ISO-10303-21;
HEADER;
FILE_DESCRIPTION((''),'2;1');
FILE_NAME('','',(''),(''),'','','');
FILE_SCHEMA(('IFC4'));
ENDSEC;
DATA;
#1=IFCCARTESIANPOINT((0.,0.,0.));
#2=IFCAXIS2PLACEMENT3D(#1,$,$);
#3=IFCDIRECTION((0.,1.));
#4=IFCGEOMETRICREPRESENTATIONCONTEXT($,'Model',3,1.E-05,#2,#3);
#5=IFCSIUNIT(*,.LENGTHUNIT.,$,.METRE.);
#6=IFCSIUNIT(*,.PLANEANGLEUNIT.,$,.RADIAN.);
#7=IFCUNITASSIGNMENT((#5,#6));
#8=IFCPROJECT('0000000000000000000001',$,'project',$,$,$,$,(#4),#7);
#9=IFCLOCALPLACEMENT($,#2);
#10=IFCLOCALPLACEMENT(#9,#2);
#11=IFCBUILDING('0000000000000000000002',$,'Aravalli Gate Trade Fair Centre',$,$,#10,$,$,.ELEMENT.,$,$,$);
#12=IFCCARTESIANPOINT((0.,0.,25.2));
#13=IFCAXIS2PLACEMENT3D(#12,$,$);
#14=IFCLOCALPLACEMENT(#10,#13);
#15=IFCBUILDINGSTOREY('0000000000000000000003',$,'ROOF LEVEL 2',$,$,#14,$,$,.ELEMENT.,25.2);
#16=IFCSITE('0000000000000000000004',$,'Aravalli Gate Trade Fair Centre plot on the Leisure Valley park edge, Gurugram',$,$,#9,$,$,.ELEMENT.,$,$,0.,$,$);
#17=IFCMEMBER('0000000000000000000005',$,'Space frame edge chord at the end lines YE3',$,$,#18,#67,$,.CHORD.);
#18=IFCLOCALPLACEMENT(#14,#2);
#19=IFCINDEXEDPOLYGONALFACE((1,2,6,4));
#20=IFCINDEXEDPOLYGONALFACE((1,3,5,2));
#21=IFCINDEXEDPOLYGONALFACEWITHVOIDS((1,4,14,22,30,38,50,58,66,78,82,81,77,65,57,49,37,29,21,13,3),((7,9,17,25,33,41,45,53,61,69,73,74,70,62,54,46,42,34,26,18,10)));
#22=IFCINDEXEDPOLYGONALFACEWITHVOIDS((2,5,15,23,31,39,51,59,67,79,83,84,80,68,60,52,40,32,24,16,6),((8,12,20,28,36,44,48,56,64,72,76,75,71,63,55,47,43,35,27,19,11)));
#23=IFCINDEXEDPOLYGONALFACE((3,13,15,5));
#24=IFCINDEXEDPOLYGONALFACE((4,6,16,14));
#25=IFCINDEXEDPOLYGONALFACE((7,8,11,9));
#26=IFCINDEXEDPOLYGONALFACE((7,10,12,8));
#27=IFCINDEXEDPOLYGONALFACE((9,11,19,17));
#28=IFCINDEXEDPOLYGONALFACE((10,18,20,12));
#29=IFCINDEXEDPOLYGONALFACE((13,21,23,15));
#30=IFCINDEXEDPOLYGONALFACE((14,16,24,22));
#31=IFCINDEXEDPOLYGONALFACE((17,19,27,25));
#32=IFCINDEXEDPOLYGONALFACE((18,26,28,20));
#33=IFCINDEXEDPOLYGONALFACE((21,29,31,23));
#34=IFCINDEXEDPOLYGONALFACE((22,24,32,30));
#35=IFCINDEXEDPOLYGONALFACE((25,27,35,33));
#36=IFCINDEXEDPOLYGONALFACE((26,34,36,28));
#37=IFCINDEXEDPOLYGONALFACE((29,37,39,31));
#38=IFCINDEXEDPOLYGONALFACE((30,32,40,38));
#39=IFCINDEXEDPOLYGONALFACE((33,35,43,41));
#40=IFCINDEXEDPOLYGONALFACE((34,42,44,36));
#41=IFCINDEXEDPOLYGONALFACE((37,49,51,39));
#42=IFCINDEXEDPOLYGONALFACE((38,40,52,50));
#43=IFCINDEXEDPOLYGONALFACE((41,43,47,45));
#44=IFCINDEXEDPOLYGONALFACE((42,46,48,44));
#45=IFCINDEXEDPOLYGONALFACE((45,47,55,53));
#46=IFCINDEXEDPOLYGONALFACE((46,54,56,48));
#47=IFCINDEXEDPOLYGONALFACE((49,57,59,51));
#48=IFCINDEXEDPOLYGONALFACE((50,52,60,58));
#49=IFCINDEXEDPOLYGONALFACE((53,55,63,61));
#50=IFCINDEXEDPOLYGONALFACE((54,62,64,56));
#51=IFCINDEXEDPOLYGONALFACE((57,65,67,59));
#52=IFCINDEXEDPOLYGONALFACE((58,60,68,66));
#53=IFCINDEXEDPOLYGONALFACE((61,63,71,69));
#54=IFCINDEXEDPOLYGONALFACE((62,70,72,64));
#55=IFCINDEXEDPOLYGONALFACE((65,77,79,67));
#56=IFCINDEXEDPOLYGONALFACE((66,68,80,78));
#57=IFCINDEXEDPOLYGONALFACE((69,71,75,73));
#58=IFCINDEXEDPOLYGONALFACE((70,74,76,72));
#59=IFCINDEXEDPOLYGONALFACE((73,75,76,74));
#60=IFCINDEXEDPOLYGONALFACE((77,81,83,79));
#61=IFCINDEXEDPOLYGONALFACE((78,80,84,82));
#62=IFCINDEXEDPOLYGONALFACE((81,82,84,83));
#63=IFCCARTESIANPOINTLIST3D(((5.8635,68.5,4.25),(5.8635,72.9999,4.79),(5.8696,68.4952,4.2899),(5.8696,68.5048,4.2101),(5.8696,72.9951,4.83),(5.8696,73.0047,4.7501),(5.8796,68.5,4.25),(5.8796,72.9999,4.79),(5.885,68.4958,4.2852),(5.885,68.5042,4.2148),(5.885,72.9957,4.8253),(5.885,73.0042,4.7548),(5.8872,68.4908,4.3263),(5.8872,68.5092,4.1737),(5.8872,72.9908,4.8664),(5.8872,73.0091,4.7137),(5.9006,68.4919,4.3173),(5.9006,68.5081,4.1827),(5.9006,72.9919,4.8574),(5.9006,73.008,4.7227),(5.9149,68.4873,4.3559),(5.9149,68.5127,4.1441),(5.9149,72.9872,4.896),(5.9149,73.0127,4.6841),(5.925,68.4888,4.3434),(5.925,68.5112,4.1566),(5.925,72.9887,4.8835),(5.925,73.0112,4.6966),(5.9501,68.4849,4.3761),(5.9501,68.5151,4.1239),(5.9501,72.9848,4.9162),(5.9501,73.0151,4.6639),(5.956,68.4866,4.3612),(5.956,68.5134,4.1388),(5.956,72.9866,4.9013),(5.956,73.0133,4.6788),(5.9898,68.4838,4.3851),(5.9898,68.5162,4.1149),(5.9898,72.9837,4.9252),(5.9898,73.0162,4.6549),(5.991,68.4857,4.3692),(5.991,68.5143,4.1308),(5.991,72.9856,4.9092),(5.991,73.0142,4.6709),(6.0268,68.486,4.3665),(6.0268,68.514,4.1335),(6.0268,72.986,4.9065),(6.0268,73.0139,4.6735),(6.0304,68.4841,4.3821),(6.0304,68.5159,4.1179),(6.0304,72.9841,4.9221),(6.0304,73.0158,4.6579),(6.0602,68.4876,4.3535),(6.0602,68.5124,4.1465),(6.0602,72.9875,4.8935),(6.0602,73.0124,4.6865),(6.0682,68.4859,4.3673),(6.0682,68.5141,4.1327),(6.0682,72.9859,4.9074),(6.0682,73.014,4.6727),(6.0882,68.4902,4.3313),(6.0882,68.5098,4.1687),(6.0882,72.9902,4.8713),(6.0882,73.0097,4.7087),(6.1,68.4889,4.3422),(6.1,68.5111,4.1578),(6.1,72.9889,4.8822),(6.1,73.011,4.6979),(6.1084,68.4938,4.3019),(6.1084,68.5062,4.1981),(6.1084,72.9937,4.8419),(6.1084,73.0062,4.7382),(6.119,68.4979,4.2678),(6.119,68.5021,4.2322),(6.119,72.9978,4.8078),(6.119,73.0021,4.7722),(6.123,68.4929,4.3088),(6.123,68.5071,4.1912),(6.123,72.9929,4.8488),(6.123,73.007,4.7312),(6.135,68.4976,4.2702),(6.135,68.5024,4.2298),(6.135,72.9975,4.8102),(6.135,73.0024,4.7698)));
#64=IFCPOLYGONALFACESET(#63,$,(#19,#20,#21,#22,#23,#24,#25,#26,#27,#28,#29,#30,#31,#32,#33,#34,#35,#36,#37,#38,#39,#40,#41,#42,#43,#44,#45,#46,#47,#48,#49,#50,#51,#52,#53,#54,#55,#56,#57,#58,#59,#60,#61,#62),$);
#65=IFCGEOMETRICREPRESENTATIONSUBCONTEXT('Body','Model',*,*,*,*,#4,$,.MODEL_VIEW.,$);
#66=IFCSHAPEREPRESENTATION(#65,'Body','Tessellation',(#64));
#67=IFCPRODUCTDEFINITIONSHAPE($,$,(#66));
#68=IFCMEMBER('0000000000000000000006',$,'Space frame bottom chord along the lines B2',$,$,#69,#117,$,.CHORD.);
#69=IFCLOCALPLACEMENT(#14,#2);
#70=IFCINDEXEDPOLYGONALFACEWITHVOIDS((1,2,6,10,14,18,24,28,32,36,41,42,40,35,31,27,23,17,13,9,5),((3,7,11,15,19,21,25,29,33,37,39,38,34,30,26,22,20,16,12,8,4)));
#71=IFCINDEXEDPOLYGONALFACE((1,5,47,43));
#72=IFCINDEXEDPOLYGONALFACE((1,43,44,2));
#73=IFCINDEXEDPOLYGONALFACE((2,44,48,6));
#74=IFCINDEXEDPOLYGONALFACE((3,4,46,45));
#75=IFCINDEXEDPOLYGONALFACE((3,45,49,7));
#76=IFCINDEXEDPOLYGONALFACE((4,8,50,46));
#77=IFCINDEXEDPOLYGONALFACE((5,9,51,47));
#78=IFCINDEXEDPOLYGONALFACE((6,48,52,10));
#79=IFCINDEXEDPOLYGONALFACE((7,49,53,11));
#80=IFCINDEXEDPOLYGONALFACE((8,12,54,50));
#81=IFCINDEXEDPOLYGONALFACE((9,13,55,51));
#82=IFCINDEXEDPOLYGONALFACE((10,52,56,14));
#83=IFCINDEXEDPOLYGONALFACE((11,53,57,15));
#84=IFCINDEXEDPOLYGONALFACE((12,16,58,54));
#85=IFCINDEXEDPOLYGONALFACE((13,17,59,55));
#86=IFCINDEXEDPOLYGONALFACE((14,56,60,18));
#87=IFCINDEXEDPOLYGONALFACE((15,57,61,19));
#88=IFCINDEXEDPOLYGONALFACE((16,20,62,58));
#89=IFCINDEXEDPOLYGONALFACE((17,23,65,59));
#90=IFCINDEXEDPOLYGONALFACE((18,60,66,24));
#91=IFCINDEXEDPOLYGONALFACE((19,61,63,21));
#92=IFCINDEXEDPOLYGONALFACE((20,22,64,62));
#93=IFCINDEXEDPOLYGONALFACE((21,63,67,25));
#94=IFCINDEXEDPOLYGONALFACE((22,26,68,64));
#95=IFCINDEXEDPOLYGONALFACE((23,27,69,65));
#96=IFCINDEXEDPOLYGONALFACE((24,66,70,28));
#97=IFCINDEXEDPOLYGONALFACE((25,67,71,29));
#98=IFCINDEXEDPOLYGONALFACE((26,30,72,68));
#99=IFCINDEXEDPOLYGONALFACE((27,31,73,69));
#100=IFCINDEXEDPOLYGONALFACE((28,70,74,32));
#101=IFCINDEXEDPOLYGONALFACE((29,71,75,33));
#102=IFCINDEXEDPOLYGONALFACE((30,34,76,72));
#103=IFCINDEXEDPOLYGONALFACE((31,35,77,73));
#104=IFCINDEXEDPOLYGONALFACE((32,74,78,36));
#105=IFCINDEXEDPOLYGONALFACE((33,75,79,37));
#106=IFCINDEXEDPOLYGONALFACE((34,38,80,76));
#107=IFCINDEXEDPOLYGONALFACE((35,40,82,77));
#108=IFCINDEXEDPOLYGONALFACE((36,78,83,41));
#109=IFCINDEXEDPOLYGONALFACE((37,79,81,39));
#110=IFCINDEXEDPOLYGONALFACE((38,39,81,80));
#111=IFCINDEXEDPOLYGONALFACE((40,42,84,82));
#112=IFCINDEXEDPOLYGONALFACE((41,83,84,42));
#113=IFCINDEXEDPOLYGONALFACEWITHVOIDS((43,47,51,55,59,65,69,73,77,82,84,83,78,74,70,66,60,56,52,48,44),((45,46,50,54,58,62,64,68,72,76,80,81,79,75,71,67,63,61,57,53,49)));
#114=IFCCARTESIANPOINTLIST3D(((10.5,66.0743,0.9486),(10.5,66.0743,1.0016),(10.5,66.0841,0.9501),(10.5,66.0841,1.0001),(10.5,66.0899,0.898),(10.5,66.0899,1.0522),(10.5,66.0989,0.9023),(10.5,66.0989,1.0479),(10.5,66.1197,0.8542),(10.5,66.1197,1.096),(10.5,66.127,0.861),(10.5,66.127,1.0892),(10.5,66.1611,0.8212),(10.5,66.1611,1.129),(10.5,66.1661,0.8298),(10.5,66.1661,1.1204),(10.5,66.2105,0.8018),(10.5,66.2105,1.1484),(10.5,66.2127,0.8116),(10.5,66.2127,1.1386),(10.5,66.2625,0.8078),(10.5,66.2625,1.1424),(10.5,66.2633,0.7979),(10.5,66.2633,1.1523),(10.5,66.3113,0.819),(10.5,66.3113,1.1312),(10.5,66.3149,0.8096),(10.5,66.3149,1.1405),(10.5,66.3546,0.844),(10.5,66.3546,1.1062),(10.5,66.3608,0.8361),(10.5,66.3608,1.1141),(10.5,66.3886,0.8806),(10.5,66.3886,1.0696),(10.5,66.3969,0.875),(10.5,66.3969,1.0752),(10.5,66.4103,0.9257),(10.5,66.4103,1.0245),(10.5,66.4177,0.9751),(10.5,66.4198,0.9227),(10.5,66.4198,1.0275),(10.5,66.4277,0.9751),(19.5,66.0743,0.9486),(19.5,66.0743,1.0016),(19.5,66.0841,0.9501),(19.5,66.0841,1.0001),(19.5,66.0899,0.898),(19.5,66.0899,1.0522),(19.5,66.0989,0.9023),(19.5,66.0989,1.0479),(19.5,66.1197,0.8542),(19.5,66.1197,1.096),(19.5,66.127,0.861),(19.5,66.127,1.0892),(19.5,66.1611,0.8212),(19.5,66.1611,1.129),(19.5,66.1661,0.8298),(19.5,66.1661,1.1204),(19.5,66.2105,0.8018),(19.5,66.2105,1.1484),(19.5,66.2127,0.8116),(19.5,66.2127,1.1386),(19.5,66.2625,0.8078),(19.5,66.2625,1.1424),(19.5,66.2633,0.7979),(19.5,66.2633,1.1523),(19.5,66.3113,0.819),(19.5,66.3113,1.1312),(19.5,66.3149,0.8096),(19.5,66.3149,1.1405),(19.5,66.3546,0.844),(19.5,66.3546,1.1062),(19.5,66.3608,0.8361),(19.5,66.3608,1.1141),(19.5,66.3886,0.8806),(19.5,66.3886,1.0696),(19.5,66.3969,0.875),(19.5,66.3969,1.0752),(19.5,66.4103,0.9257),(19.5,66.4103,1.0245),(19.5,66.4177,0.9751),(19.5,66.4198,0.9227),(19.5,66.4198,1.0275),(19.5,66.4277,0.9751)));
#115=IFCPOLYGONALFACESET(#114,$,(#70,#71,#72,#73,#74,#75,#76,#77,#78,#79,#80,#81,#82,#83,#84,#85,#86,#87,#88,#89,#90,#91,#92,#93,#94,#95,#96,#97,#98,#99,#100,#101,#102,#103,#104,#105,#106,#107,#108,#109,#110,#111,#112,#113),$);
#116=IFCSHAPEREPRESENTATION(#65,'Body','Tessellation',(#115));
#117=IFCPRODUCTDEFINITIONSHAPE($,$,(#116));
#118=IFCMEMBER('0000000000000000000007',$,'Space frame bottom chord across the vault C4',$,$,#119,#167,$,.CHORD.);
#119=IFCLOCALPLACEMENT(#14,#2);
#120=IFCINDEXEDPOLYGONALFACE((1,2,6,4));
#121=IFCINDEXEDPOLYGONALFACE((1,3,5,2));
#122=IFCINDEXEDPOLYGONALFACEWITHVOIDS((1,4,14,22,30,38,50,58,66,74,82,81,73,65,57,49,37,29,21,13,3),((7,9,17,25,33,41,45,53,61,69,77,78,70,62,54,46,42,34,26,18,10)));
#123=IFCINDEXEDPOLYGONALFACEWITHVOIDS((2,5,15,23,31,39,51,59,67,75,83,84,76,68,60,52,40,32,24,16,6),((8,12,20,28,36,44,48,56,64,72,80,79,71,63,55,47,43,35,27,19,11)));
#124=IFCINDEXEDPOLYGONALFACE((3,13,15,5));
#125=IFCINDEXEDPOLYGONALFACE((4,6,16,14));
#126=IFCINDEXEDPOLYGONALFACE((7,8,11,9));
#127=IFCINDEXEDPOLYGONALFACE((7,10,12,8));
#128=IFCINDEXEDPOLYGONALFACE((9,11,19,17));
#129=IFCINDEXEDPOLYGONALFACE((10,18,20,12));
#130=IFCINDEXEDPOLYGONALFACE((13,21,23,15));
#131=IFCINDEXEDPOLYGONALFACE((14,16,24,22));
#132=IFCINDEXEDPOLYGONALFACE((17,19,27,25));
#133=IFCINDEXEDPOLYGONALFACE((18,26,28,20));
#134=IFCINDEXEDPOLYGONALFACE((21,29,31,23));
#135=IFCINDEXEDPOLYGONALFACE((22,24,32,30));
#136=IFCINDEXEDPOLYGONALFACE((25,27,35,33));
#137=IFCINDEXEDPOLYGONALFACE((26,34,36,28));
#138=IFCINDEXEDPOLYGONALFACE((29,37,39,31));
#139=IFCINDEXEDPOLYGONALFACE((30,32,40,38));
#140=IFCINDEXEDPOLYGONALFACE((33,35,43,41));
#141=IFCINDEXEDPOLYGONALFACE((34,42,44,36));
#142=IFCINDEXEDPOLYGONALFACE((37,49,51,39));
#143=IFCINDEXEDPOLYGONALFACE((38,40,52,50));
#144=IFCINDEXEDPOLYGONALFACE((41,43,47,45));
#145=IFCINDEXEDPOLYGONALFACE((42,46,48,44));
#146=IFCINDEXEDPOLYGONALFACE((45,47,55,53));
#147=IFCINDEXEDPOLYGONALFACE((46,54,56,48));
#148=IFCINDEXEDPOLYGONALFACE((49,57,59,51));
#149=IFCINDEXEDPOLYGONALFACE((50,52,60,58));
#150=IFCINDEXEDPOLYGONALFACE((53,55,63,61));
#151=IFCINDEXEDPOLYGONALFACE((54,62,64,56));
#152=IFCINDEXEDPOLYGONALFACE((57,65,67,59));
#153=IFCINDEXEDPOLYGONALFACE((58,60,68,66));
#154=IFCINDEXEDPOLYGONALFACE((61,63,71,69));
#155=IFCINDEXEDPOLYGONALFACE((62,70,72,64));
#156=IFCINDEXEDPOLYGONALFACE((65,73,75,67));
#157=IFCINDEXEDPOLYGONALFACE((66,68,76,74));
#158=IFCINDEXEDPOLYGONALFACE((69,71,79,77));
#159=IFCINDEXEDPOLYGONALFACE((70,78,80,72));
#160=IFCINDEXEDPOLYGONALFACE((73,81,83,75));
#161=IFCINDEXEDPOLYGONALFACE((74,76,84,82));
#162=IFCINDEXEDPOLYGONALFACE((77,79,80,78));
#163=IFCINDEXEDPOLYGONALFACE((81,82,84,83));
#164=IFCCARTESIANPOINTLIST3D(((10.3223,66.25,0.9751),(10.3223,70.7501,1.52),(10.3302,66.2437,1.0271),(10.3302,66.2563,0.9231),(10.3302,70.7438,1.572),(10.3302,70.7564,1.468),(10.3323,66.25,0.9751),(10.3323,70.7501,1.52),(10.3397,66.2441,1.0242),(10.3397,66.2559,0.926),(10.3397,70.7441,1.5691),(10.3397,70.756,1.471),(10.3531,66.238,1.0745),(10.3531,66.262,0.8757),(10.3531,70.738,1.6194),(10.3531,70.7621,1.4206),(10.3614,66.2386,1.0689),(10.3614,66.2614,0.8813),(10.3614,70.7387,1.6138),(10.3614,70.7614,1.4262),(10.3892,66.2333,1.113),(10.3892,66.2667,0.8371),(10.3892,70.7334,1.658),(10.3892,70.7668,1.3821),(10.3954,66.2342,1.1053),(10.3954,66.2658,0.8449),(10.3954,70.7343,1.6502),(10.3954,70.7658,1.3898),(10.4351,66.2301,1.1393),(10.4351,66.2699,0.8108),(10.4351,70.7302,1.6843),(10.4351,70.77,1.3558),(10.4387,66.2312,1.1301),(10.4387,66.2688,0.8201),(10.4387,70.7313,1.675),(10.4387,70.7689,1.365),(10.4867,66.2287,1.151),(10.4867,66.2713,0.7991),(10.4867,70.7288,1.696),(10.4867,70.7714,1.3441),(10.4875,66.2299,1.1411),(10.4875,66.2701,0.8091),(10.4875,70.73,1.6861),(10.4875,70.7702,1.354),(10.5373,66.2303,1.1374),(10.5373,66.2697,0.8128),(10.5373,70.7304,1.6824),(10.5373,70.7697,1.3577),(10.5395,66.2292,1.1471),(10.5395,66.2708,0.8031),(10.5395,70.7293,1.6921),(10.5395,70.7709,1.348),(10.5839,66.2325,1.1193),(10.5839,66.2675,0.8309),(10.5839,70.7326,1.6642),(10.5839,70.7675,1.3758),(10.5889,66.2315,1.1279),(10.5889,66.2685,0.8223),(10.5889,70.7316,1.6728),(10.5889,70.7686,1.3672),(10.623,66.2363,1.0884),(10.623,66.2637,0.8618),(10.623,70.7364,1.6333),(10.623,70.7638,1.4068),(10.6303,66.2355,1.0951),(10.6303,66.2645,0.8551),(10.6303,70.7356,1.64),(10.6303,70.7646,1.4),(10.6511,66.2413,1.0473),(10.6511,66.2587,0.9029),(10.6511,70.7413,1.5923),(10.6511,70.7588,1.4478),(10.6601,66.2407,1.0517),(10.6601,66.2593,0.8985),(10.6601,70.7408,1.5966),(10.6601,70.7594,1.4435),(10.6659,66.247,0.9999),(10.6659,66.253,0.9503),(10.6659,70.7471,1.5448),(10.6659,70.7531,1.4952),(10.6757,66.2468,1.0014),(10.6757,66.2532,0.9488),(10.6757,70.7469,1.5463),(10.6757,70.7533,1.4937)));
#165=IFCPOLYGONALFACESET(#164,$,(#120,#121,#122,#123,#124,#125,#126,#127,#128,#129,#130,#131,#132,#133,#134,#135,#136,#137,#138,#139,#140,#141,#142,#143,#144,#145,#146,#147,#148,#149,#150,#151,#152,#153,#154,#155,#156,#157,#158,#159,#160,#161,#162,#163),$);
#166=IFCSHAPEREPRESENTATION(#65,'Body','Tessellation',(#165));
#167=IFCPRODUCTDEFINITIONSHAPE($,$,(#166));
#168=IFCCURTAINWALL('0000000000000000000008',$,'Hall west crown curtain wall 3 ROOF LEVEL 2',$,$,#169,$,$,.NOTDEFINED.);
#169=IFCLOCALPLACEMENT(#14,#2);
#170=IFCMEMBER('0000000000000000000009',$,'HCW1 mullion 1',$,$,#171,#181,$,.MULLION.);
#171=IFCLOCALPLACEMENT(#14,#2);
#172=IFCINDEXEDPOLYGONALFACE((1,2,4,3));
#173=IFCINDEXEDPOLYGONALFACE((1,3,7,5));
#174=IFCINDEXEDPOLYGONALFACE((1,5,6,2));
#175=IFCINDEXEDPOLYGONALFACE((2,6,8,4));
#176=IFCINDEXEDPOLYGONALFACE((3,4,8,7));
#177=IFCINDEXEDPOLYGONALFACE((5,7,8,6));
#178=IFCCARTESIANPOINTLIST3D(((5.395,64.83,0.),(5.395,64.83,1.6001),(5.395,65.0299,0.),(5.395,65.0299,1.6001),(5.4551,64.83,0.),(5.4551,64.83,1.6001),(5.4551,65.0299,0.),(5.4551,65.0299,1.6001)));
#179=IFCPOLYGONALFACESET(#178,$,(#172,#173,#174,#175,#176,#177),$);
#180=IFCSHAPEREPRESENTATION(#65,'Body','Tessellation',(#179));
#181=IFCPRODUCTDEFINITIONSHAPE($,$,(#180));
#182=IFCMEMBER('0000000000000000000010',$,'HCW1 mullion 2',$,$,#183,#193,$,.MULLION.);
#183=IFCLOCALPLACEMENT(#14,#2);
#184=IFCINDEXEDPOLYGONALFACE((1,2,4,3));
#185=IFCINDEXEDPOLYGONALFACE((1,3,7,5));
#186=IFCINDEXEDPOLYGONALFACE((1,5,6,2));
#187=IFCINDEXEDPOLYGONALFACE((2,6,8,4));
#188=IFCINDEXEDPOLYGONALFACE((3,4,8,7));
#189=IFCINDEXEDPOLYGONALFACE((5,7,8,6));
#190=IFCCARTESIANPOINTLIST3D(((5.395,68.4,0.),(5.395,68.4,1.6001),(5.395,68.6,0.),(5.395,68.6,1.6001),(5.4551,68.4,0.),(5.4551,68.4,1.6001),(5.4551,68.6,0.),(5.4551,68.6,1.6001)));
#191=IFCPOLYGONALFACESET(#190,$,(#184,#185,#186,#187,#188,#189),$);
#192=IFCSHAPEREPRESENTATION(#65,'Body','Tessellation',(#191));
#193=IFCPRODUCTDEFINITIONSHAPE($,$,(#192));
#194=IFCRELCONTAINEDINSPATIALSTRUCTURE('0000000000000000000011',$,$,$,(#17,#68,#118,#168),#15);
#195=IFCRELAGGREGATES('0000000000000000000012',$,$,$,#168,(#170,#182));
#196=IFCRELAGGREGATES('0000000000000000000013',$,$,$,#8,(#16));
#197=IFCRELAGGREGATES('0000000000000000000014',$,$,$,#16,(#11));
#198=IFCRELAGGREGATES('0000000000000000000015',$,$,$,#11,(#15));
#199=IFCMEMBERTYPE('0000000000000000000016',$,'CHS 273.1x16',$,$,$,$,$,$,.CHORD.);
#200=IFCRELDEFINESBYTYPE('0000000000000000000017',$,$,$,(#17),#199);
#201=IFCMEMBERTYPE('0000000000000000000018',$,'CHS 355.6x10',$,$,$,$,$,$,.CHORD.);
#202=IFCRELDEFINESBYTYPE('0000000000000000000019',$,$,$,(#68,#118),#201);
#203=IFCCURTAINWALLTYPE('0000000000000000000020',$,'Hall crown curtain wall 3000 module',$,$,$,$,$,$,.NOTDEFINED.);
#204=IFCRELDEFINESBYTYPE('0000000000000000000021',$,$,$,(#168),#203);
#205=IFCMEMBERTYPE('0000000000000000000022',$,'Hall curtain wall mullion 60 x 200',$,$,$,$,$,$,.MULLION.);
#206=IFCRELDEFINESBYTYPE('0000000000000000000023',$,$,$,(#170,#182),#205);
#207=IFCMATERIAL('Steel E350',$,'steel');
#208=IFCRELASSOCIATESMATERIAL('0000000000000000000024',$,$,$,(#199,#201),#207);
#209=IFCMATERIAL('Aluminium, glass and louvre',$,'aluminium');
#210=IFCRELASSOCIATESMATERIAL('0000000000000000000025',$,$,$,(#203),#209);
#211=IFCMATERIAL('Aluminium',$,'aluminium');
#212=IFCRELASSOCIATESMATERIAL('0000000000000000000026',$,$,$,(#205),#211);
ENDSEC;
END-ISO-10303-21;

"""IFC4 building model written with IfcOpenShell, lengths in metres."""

from ifc_helpers import new_model, si_unit, direction, frame, origin, origin_2d, place, context, subcontext, project, spatial, rectangle, hollow_circle, extrude, material, material_profile, profile_set, type_object, element, aggregate, save


model = new_model("IFC4")

# Units and contexts
model_context = context("Model", 3, precision=1e-05, world=origin(), true_north=direction((0.0, 1.0)))
body_context = subcontext(model_context, "Body", "Model", "MODEL_VIEW")
ifc_project = project(units=[si_unit("LENGTHUNIT", "METRE"), si_unit("PLANEANGLEUNIT", "RADIAN")], contexts=[model_context])

# Site, building, storey
site_placement = place(None, origin())
site = spatial("IfcSite", under=ifc_project, at=site_placement, Name="Aravalli Gate Trade Fair Centre plot on the Leisure Valley park edge, Gurugram", CompositionType="ELEMENT", RefElevation=0.0)
building_placement = place(site_placement, origin())
building = spatial("IfcBuilding", under=site, at=building_placement, Name="Aravalli Gate Trade Fair Centre", CompositionType="ELEMENT")
storey_placement = place(building_placement, frame((0.0, 0.0, 25.2)))
storey = spatial("IfcBuildingStorey", under=building, at=storey_placement, Name="ROOF LEVEL 2", CompositionType="ELEMENT", Elevation=25.2)

# Members
ifc_material_1 = material(Name="Steel E350", Category="steel")
ifc_material_profile_1 = material_profile(ifc_material_1, hollow_circle(Radius=0.1365, WallThickness=0.0161, at=origin_2d()), Name="CHS 273.1x16")
ifc_profile_set_1 = profile_set([ifc_material_profile_1], Name="Steel E350")
member_type_1 = type_object("IfcMemberType", Name="CHS 273.1x16", PredefinedType="CHORD", material=ifc_profile_set_1)
member_1_placement = place(storey_placement, frame((6.0, 68.5, 4.25), z_axis=(0.0, 0.992876, 0.119154), x_axis=(-1.0, 0.0, 0.0)))
element("IfcMember", 1, at=member_1_placement, inside=storey, type_object=member_type_1, Name="Space frame edge chord at the end lines YE3", PredefinedType="CHORD", context=body_context, shape_type="SweptSolid", body=[
    extrude(hollow_circle(Radius=0.1365, WallThickness=0.0161, at=origin_2d()), origin(), (0.0, 0.0, 1.0), 4.5322),
])
ifc_material_profile_2 = material_profile(ifc_material_1, hollow_circle(Radius=0.1777, WallThickness=0.01, at=origin_2d()), Name="CHS 355.6x10")
ifc_profile_set_2 = profile_set([ifc_material_profile_2], Name="Steel E350")
member_type_2 = type_object("IfcMemberType", Name="CHS 355.6x10", PredefinedType="CHORD", material=ifc_profile_set_2)
member_2_placement = place(storey_placement, frame((10.5, 66.25, 0.9751), z_axis=(1.0, 0.0, 0.0), x_axis=(0.0, 1.0, 0.0)))
element("IfcMember", 2, at=member_2_placement, inside=storey, type_object=member_type_2, Name="Space frame bottom chord along the lines B2", PredefinedType="CHORD", context=body_context, shape_type="SweptSolid", body=[
    extrude(hollow_circle(Radius=0.1777, WallThickness=0.01, at=origin_2d()), origin(), (0.0, 0.0, 1.0), 9.0),
])
member_3_placement = place(storey_placement, frame((10.5, 66.25, 0.9751), z_axis=(0.0, 0.992748, 0.120216), x_axis=(-1.0, 0.0, 0.0)))
element("IfcMember", 3, at=member_3_placement, inside=storey, type_object=member_type_2, Name="Space frame bottom chord across the vault C4", PredefinedType="CHORD", context=body_context, shape_type="SweptSolid", body=[
    extrude(hollow_circle(Radius=0.1777, WallThickness=0.01, at=origin_2d()), origin(), (0.0, 0.0, 1.0), 4.533),
])

# Curtain wall, members
ifc_material_2 = material(Name="Aluminium, glass and louvre", Category="aluminium")
curtain_wall_type = type_object("IfcCurtainWallType", Name="Hall crown curtain wall 3000 module", PredefinedType="NOTDEFINED", material=ifc_material_2)
curtain_wall_placement = place(storey_placement, origin())
curtain_wall = element("IfcCurtainWall", 4, at=curtain_wall_placement, inside=storey, type_object=curtain_wall_type, Name="Hall west crown curtain wall 3 ROOF LEVEL 2", PredefinedType="NOTDEFINED")
ifc_material_3 = material(Name="Aluminium", Category="aluminium")
ifc_material_profile_3 = material_profile(ifc_material_3, rectangle(XDim=0.0601, YDim=0.2, at=origin_2d()), Name="Hall curtain wall mullion 60 x 200")
ifc_profile_set_3 = profile_set([ifc_material_profile_3], Name="Aluminium")
member_type_3 = type_object("IfcMemberType", Name="Hall curtain wall mullion 60 x 200", PredefinedType="MULLION", material=ifc_profile_set_3)
member_4_placement = place(storey_placement, frame((5.425, 64.9299, 0.0), z_axis=(0.0, 0.0, 1.0), x_axis=(-1.0, 0.0, 0.0)))
member_4 = element("IfcMember", 5, at=member_4_placement, type_object=member_type_3, Name="HCW1 mullion 1", PredefinedType="MULLION", context=body_context, shape_type="SweptSolid", body=[
    extrude(rectangle(XDim=0.0601, YDim=0.2, at=origin_2d()), origin(), (0.0, 0.0, 1.0), 1.6001),
])
member_5_placement = place(storey_placement, frame((5.425, 68.5, 0.0), z_axis=(0.0, 0.0, 1.0), x_axis=(-1.0, 0.0, 0.0)))
member_5 = element("IfcMember", 6, at=member_5_placement, type_object=member_type_3, Name="HCW1 mullion 2", PredefinedType="MULLION", context=body_context, shape_type="SweptSolid", body=[
    extrude(rectangle(XDim=0.0601, YDim=0.2, at=origin_2d()), origin(), (0.0, 0.0, 1.0), 1.6001),
])
aggregate(curtain_wall, [member_4, member_5])

save(model, "model.ifc")
